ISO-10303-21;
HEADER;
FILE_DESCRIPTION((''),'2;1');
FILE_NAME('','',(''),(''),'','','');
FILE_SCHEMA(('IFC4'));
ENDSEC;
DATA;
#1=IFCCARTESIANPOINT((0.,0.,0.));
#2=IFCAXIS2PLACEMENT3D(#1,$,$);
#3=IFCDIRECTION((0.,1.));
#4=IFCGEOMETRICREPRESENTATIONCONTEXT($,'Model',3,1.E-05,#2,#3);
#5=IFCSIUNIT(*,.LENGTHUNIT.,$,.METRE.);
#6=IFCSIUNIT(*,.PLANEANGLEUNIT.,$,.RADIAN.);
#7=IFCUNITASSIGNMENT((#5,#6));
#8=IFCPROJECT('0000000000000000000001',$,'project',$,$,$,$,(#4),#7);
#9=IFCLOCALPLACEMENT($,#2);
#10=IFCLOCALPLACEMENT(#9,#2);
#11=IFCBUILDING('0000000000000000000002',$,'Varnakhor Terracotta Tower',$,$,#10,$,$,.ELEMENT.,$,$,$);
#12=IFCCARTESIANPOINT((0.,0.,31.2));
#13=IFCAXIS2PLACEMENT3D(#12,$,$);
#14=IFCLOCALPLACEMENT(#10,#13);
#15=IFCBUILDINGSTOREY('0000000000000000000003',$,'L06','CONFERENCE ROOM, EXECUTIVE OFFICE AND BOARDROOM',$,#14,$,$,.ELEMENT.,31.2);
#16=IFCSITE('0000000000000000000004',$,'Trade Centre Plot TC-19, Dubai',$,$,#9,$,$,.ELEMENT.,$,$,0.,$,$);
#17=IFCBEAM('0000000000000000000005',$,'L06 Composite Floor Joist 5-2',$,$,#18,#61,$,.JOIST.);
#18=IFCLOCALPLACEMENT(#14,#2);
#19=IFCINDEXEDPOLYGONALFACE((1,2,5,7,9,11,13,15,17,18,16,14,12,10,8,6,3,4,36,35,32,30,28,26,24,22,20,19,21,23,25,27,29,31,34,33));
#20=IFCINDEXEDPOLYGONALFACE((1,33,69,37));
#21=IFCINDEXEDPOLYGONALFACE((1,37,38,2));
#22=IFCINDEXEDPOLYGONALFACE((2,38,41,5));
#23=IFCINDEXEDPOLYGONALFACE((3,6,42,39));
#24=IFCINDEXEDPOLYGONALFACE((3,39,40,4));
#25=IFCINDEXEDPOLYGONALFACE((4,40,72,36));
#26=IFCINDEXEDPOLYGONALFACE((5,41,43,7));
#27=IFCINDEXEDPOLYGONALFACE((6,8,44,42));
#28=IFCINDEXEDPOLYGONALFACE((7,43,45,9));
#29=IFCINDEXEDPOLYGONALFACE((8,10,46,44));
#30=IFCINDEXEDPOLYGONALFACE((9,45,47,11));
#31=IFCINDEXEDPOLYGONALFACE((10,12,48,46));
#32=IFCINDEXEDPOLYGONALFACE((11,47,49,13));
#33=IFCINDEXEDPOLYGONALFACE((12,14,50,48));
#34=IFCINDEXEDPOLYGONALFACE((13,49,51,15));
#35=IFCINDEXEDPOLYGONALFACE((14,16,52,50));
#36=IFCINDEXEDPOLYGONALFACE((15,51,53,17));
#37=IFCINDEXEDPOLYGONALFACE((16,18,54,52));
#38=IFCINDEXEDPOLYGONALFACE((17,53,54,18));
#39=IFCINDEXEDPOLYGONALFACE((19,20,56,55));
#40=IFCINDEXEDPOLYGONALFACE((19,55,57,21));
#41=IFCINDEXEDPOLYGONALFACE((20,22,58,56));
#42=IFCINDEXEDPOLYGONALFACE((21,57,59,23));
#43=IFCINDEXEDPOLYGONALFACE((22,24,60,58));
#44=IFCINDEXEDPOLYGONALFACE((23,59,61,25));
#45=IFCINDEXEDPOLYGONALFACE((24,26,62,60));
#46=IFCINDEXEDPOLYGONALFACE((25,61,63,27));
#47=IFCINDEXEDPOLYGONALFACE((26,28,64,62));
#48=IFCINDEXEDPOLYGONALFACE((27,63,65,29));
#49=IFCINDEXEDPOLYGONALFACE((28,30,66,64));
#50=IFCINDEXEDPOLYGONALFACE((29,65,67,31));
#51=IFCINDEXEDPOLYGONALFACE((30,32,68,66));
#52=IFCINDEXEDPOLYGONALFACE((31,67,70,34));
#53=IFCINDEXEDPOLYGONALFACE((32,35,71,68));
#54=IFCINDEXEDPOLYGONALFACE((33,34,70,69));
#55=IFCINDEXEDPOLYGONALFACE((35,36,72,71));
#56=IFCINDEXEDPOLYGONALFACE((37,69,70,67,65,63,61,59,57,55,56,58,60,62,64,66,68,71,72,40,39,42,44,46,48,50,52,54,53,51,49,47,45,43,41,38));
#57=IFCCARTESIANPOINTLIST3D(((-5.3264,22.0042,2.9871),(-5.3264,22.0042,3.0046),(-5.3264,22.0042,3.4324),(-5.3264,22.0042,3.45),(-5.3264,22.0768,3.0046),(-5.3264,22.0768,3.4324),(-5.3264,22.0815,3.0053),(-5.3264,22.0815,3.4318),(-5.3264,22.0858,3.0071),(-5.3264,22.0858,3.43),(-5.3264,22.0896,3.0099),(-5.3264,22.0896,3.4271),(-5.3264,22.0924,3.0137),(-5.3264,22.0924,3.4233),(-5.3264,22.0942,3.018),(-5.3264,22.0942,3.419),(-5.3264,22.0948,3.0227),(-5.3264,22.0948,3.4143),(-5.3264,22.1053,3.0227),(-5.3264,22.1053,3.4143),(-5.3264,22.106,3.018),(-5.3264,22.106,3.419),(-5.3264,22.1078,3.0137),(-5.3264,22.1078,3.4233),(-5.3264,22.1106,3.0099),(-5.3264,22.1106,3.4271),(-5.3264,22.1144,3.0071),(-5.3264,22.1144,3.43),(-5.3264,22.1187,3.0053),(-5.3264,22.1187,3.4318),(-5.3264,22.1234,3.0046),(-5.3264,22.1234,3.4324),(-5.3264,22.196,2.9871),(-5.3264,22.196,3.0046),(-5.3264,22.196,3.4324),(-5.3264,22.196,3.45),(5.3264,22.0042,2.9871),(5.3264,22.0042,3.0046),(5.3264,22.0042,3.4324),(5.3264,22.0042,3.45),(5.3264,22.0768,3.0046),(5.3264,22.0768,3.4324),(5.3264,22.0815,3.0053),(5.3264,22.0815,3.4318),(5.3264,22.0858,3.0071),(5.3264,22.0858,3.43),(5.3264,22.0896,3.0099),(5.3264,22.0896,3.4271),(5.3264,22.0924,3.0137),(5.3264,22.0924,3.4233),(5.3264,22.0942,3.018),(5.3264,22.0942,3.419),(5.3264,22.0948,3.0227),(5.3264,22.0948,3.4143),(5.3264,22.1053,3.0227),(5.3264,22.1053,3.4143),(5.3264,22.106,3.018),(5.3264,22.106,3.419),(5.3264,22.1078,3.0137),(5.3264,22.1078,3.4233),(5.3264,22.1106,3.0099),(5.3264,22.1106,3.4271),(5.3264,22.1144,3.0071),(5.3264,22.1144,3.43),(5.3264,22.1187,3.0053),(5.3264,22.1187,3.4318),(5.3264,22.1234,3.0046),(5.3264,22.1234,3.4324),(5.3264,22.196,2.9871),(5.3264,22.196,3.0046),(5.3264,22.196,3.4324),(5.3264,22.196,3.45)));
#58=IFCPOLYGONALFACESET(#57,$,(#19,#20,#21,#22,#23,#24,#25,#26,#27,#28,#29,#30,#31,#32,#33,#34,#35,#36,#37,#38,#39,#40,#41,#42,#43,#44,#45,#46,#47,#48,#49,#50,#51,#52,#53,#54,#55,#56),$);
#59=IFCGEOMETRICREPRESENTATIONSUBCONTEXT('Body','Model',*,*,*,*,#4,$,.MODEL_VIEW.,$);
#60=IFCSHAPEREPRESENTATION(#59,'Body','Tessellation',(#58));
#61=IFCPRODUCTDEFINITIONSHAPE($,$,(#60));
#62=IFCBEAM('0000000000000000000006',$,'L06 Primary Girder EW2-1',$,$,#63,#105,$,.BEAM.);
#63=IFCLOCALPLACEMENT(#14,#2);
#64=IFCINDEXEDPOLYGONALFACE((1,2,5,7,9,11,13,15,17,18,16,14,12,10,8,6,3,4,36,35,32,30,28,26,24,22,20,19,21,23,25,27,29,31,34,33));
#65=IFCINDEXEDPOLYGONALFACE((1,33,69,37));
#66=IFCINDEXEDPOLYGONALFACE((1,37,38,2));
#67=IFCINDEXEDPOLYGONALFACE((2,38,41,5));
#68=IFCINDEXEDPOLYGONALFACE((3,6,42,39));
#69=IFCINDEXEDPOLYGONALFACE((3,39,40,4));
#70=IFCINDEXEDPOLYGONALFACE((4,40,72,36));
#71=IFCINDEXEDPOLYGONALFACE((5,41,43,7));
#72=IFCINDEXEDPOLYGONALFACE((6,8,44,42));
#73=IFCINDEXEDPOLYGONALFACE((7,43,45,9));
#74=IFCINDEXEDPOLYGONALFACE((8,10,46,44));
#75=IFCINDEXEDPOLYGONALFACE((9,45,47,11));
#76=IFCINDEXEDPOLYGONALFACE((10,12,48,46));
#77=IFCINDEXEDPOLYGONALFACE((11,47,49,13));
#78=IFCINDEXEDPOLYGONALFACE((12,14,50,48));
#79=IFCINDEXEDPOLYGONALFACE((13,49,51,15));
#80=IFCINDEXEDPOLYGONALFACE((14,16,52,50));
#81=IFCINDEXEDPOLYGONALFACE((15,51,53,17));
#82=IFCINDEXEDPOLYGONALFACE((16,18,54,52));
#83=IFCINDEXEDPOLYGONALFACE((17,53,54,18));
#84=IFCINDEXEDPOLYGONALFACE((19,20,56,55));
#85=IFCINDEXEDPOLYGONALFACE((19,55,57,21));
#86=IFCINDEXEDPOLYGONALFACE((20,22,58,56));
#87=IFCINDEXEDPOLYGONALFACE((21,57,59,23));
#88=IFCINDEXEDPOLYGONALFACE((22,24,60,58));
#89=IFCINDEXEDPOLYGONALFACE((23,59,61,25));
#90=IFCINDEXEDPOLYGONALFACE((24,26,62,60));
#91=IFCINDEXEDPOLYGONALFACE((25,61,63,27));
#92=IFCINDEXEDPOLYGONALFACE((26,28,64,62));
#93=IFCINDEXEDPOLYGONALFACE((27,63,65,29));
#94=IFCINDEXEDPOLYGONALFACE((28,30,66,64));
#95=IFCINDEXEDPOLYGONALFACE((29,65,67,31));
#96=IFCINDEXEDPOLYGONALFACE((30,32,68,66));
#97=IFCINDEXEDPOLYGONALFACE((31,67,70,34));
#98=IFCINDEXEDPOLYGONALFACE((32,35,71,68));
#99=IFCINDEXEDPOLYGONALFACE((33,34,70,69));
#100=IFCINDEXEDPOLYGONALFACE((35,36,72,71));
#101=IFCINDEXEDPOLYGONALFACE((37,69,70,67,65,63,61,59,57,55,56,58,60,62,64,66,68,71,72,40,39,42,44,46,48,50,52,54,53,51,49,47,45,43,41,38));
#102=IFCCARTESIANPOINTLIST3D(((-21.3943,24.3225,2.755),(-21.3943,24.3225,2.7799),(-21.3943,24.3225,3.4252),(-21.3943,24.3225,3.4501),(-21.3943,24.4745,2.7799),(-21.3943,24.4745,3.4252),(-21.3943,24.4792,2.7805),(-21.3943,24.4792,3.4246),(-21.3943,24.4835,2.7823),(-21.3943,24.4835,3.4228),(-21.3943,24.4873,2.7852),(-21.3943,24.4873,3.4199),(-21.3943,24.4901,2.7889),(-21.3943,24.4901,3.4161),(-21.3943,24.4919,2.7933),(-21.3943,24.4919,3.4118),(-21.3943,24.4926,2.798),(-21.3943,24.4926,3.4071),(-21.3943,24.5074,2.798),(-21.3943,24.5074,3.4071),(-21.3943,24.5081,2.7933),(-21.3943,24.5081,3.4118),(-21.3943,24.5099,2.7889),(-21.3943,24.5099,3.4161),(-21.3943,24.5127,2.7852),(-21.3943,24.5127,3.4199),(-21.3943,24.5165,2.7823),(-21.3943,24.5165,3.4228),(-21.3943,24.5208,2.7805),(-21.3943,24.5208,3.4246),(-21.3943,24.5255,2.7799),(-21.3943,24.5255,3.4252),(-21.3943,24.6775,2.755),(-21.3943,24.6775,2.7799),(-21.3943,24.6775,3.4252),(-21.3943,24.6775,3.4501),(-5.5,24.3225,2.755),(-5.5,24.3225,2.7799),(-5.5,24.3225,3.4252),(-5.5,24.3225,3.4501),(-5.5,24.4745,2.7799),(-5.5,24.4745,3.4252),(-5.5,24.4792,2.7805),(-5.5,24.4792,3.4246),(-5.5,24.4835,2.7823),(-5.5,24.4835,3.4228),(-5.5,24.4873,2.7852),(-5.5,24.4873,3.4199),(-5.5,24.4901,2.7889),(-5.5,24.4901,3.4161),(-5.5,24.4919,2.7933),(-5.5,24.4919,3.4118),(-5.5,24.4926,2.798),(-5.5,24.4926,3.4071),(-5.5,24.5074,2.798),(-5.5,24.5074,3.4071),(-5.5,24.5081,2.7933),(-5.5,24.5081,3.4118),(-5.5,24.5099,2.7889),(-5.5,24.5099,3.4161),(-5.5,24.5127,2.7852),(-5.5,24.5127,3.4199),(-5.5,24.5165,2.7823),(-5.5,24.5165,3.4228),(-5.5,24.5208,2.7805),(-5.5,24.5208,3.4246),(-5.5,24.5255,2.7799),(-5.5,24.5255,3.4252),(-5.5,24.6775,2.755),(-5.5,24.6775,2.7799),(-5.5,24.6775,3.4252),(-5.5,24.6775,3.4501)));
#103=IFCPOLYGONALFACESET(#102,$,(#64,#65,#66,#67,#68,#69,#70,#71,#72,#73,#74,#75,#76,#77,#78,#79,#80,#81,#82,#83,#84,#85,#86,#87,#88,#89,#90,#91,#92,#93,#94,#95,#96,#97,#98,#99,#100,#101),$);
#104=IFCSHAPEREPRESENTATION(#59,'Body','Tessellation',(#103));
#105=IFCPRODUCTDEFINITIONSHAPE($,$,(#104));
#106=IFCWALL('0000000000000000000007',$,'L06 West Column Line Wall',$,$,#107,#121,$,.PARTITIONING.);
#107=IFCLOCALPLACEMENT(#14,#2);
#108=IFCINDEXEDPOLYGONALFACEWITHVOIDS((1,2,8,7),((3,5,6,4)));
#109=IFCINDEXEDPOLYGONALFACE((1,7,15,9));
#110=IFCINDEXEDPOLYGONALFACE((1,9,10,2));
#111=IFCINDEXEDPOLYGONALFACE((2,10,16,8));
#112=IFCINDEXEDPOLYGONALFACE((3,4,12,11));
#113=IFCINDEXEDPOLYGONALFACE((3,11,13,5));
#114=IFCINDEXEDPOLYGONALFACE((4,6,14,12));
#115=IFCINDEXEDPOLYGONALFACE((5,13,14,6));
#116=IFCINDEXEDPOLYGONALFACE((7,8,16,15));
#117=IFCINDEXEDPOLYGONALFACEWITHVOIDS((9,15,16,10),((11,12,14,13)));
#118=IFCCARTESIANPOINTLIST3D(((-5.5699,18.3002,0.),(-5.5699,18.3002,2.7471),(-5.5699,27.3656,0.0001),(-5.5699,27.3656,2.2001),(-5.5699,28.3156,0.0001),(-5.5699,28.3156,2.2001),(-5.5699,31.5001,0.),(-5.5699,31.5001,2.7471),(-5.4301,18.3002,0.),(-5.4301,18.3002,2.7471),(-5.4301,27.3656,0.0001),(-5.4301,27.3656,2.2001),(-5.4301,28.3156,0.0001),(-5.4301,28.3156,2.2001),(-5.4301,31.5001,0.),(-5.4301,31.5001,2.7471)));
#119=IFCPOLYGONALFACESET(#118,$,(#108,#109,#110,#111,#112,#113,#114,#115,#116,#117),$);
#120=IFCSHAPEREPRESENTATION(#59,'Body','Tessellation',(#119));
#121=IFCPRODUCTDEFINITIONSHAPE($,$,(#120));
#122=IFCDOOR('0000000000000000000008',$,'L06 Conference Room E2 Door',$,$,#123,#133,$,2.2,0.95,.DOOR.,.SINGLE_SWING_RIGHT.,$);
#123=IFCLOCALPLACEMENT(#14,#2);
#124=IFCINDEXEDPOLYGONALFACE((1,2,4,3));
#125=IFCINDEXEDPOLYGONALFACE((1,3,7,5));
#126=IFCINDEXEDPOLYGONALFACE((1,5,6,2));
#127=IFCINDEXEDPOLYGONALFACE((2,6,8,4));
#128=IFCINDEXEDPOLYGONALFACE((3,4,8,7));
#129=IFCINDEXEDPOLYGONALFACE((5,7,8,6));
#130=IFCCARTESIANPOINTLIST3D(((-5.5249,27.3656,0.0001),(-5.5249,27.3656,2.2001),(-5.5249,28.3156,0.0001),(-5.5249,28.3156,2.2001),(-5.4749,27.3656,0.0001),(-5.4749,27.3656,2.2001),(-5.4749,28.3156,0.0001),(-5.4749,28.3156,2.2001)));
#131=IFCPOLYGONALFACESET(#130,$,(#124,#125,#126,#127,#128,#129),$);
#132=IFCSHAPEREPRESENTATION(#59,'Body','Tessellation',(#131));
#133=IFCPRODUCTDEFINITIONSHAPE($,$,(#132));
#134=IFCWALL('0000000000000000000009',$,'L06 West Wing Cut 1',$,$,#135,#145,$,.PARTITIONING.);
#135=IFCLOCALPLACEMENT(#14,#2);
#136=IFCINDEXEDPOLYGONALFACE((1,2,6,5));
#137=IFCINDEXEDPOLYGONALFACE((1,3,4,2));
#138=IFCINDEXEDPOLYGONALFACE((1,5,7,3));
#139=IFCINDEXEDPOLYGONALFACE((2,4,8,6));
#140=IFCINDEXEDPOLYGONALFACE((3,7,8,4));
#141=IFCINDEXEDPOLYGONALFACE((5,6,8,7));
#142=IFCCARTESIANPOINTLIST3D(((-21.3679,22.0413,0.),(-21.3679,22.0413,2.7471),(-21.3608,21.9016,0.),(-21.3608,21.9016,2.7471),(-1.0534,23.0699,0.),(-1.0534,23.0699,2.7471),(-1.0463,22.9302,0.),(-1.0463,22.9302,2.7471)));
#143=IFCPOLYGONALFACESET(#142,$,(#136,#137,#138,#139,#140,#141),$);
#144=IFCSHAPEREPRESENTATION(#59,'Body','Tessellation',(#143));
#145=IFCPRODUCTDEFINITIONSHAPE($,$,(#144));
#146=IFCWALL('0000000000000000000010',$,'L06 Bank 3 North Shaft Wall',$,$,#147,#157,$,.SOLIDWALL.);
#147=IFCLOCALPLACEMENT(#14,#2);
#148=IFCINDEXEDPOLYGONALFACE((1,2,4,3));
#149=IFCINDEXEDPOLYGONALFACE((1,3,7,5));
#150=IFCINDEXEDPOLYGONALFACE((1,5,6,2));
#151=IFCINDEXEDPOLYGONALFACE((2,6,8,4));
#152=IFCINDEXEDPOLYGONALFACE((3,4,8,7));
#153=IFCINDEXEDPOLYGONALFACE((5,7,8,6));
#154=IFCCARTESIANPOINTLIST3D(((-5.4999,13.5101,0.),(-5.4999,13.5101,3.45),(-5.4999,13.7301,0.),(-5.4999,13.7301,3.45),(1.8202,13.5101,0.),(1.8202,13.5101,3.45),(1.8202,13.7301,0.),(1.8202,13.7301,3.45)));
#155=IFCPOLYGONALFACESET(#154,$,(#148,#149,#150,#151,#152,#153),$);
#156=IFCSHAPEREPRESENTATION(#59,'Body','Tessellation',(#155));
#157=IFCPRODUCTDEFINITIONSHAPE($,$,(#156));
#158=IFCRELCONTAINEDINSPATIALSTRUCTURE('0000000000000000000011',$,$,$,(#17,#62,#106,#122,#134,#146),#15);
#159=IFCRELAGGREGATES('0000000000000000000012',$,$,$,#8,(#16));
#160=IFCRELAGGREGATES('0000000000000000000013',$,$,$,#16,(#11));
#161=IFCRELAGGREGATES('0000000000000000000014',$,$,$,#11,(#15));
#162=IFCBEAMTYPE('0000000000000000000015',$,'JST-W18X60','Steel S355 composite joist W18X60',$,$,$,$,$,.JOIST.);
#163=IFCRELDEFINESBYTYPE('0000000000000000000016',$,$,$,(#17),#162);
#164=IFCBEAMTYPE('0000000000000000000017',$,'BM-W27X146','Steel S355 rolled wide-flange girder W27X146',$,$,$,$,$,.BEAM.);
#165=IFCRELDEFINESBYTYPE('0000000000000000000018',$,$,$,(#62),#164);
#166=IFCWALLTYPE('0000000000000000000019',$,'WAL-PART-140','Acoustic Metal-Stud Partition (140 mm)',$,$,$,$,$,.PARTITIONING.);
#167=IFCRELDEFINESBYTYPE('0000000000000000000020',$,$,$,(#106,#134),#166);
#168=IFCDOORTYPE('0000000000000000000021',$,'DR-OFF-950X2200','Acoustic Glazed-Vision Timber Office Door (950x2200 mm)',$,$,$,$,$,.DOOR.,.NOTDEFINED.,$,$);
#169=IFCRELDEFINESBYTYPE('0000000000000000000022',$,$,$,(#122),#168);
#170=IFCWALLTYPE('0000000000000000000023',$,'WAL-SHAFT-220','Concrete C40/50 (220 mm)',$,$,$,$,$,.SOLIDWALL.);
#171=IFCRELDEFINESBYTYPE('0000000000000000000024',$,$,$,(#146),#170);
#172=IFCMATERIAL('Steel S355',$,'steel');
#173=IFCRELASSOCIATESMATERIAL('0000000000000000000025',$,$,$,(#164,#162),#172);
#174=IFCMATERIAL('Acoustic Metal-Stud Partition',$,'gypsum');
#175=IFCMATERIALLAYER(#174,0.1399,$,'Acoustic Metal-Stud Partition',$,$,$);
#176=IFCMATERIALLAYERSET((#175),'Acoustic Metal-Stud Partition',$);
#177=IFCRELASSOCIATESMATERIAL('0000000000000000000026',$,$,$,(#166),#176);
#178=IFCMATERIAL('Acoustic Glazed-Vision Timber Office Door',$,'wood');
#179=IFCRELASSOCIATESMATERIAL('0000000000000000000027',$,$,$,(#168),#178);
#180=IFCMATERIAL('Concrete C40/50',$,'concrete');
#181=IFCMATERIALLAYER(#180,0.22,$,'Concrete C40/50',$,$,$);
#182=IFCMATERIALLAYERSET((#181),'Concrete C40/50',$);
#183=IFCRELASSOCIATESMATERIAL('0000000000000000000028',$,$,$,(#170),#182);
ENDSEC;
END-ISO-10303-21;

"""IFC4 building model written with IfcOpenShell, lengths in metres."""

from ifc_helpers import new_model, si_unit, direction, frame, frame_2d, origin, origin_2d, place, context, subcontext, project, spatial, rectangle, i_section, extrude, source, transform, mapped, material, layer, layer_set, material_profile, profile_set, type_object, type_shapes, element, fill, save


model = new_model("IFC4")

# Units and contexts
model_context = context("Model", 3, precision=1e-05, world=origin(), true_north=direction((0.0, 1.0)))
body_context = subcontext(model_context, "Body", "Model", "MODEL_VIEW")
ifc_project = project(units=[si_unit("LENGTHUNIT", "METRE"), si_unit("PLANEANGLEUNIT", "RADIAN")], contexts=[model_context])

# Site, building, storey
site_placement = place(None, origin())
site = spatial("IfcSite", under=ifc_project, at=site_placement, Name="Trade Centre Plot TC-19, Dubai", CompositionType="ELEMENT", RefElevation=0.0)
building_placement = place(site_placement, origin())
building = spatial("IfcBuilding", under=site, at=building_placement, Name="Varnakhor Terracotta Tower", CompositionType="ELEMENT")
storey_placement = place(building_placement, frame((0.0, 0.0, 31.2)))
storey = spatial("IfcBuildingStorey", under=building, at=storey_placement, Name="L06", Description="CONFERENCE ROOM, EXECUTIVE OFFICE AND BOARDROOM", CompositionType="ELEMENT", Elevation=31.2)

# Beams
ifc_material_1 = material(Name="Steel S355", Category="steel")
ifc_material_profile_1 = material_profile(ifc_material_1, i_section(OverallWidth=0.355, OverallDepth=0.6951, WebThickness=0.0149, FlangeThickness=0.0249, FilletRadius=0.0181, at=origin_2d()), Name="W27X146")
ifc_profile_set_1 = profile_set([ifc_material_profile_1], Name="Steel S355")
beam_type_1 = type_object("IfcBeamType", Name="BM-W27X146", Description="Steel S355 rolled wide-flange girder W27X146", PredefinedType="BEAM", material=ifc_profile_set_1)
ifc_material_profile_2 = material_profile(ifc_material_1, i_section(OverallWidth=0.1919, OverallDepth=0.4629, WebThickness=0.0105, FlangeThickness=0.0176, FilletRadius=0.0181, at=origin_2d()), Name="W18X60")
ifc_profile_set_2 = profile_set([ifc_material_profile_2], Name="Steel S355")
beam_type_2 = type_object("IfcBeamType", Name="JST-W18X60", Description="Steel S355 composite joist W18X60", PredefinedType="JOIST", material=ifc_profile_set_2)
shared_shape_1 = source(origin(), body_context, "Body", "SweptSolid", [
    extrude(i_section(OverallWidth=0.1919, OverallDepth=0.4629, WebThickness=0.0105, FlangeThickness=0.0176, FilletRadius=0.0181, at=origin_2d()), origin(), (0.0, 0.0, 1.0), 10.6528),
])
for number, where, z_axis, x_axis, name in (
    (1, (-5.3264, 22.1001, 3.2185), (1.0, 0.0, 0.0), (0.0, 1.0, 0.0), "L06 Composite Floor Joist 5-2"),
):
    element("IfcBeam", number, at=place(storey_placement, frame(where, z_axis=z_axis, x_axis=x_axis)), inside=storey, type_object=beam_type_2, Name=name, PredefinedType="JOIST", context=body_context, shape_type="MappedRepresentation", body=[
        mapped(shared_shape_1, transform((0.0, 0.0, 0.0), scale=1.0)),
    ])
shared_shape_2 = source(origin(), body_context, "Body", "SweptSolid", [
    extrude(i_section(OverallWidth=0.355, OverallDepth=0.6951, WebThickness=0.0149, FlangeThickness=0.0249, FilletRadius=0.0181, at=origin_2d()), origin(), (0.0, 0.0, 1.0), 15.8943),
])
beam_1_placement = place(storey_placement, frame((-21.3943, 24.5, 3.1025), z_axis=(1.0, 0.0, 0.0), x_axis=(0.0, 1.0, 0.0)))
element("IfcBeam", 2, at=beam_1_placement, inside=storey, type_object=beam_type_1, Name="L06 Primary Girder EW2-1", PredefinedType="BEAM", context=body_context, shape_type="MappedRepresentation", body=[
    mapped(shared_shape_2, transform((0.0, 0.0, 0.0), scale=1.0)),
])

# Wall, opening, door
ifc_material_2 = material(Name="Acoustic Metal-Stud Partition", Category="gypsum")
ifc_layer_1 = layer(ifc_material_2, 0.1399, Name="Acoustic Metal-Stud Partition")
ifc_layer_set_1 = layer_set([ifc_layer_1], Name="Acoustic Metal-Stud Partition")
wall_type_1 = type_object("IfcWallType", Name="WAL-PART-140", Description="Acoustic Metal-Stud Partition (140 mm)", PredefinedType="PARTITIONING", material=ifc_layer_set_1)
wall_1_placement = place(storey_placement, frame((-5.5, 18.3, 0.0), z_axis=(0.0, 0.0, 1.0), x_axis=(0.0, 1.0, 0.0)))
wall_1 = element("IfcWall", 3, at=wall_1_placement, inside=storey, type_object=wall_type_1, Name="L06 West Column Line Wall", PredefinedType="PARTITIONING", context=body_context, shape_type="SweptSolid", body=[
    extrude(rectangle(XDim=13.2, YDim=0.1399, at=frame_2d((6.6001, 0.0))), origin(), (0.0, 0.0, 1.0), 2.7471),
])
opening_1_placement = place(wall_1_placement, frame((9.0654, 0.0, 0.0)))
opening_1 = element("IfcOpeningElement", 4, at=opening_1_placement, cuts=wall_1, PredefinedType="OPENING", context=body_context, shape_type="SweptSolid", body=[
    extrude(rectangle(XDim=0.95, YDim=2.2, at=frame_2d((0.4751, 1.1001))), frame((0.0, 0.0801, 0.0), z_axis=(0.0, -1.0, 0.0), x_axis=(1.0, 0.0, 0.0)), (0.0, 0.0, 1.0), 0.1599),
])
ifc_material_3 = material(Name="Acoustic Glazed-Vision Timber Office Door", Category="wood")
door_type_1 = type_object("IfcDoorType", Name="DR-OFF-950X2200", Description="Acoustic Glazed-Vision Timber Office Door (950x2200 mm)", OperationType="NOTDEFINED", PredefinedType="DOOR", material=ifc_material_3)
shared_shape_3 = source(origin(), body_context, "Body", "SweptSolid", [
    extrude(rectangle(XDim=0.95, YDim=2.2, at=frame_2d((0.4751, 1.1001))), frame((0.0, 0.0249, 0.0), z_axis=(0.0, -1.0, 0.0), x_axis=(1.0, 0.0, 0.0)), (0.0, 0.0, 1.0), 0.05),
])
type_shapes(door_type_1, [shared_shape_3])
door_1_placement = place(opening_1_placement, origin())
door_1 = element("IfcDoor", 5, at=door_1_placement, inside=storey, type_object=door_type_1, Name="L06 Conference Room E2 Door", OperationType="SINGLE_SWING_RIGHT", OverallHeight=2.2, OverallWidth=0.95, PredefinedType="DOOR", context=body_context, shape_type="MappedRepresentation", body=[
    mapped(shared_shape_3, transform((0.0, 0.0, 0.0), scale=1.0)),
])
fill(opening_1, door_1)

# Walls
wall_2_placement = place(storey_placement, frame((-21.3645, 21.9714, 0.0), z_axis=(0.0, 0.0, 1.0), x_axis=(0.998721, 0.050567, 0.0)))
element("IfcWall", 6, at=wall_2_placement, inside=storey, type_object=wall_type_1, Name="L06 West Wing Cut 1", PredefinedType="PARTITIONING", context=body_context, shape_type="SweptSolid", body=[
    extrude(rectangle(XDim=20.3406, YDim=0.1399, at=frame_2d((10.1704, 0.0))), origin(), (0.0, 0.0, 1.0), 2.7471),
])
ifc_material_4 = material(Name="Concrete C40/50", Category="concrete")
ifc_layer_2 = layer(ifc_material_4, 0.22, Name="Concrete C40/50")
ifc_layer_set_2 = layer_set([ifc_layer_2], Name="Concrete C40/50")
wall_type_2 = type_object("IfcWallType", Name="WAL-SHAFT-220", Description="Concrete C40/50 (220 mm)", PredefinedType="SOLIDWALL", material=ifc_layer_set_2)
wall_3_placement = place(storey_placement, frame((-5.5, 13.6201, 0.0), z_axis=(0.0, 0.0, 1.0), x_axis=(1.0, 0.0, 0.0)))
element("IfcWall", 7, at=wall_3_placement, inside=storey, type_object=wall_type_2, Name="L06 Bank 3 North Shaft Wall", PredefinedType="SOLIDWALL", context=body_context, shape_type="SweptSolid", body=[
    extrude(rectangle(XDim=7.3201, YDim=0.22, at=frame_2d((3.6602, 0.0))), origin(), (0.0, 0.0, 1.0), 3.45),
])

save(model, "model.ifc")
